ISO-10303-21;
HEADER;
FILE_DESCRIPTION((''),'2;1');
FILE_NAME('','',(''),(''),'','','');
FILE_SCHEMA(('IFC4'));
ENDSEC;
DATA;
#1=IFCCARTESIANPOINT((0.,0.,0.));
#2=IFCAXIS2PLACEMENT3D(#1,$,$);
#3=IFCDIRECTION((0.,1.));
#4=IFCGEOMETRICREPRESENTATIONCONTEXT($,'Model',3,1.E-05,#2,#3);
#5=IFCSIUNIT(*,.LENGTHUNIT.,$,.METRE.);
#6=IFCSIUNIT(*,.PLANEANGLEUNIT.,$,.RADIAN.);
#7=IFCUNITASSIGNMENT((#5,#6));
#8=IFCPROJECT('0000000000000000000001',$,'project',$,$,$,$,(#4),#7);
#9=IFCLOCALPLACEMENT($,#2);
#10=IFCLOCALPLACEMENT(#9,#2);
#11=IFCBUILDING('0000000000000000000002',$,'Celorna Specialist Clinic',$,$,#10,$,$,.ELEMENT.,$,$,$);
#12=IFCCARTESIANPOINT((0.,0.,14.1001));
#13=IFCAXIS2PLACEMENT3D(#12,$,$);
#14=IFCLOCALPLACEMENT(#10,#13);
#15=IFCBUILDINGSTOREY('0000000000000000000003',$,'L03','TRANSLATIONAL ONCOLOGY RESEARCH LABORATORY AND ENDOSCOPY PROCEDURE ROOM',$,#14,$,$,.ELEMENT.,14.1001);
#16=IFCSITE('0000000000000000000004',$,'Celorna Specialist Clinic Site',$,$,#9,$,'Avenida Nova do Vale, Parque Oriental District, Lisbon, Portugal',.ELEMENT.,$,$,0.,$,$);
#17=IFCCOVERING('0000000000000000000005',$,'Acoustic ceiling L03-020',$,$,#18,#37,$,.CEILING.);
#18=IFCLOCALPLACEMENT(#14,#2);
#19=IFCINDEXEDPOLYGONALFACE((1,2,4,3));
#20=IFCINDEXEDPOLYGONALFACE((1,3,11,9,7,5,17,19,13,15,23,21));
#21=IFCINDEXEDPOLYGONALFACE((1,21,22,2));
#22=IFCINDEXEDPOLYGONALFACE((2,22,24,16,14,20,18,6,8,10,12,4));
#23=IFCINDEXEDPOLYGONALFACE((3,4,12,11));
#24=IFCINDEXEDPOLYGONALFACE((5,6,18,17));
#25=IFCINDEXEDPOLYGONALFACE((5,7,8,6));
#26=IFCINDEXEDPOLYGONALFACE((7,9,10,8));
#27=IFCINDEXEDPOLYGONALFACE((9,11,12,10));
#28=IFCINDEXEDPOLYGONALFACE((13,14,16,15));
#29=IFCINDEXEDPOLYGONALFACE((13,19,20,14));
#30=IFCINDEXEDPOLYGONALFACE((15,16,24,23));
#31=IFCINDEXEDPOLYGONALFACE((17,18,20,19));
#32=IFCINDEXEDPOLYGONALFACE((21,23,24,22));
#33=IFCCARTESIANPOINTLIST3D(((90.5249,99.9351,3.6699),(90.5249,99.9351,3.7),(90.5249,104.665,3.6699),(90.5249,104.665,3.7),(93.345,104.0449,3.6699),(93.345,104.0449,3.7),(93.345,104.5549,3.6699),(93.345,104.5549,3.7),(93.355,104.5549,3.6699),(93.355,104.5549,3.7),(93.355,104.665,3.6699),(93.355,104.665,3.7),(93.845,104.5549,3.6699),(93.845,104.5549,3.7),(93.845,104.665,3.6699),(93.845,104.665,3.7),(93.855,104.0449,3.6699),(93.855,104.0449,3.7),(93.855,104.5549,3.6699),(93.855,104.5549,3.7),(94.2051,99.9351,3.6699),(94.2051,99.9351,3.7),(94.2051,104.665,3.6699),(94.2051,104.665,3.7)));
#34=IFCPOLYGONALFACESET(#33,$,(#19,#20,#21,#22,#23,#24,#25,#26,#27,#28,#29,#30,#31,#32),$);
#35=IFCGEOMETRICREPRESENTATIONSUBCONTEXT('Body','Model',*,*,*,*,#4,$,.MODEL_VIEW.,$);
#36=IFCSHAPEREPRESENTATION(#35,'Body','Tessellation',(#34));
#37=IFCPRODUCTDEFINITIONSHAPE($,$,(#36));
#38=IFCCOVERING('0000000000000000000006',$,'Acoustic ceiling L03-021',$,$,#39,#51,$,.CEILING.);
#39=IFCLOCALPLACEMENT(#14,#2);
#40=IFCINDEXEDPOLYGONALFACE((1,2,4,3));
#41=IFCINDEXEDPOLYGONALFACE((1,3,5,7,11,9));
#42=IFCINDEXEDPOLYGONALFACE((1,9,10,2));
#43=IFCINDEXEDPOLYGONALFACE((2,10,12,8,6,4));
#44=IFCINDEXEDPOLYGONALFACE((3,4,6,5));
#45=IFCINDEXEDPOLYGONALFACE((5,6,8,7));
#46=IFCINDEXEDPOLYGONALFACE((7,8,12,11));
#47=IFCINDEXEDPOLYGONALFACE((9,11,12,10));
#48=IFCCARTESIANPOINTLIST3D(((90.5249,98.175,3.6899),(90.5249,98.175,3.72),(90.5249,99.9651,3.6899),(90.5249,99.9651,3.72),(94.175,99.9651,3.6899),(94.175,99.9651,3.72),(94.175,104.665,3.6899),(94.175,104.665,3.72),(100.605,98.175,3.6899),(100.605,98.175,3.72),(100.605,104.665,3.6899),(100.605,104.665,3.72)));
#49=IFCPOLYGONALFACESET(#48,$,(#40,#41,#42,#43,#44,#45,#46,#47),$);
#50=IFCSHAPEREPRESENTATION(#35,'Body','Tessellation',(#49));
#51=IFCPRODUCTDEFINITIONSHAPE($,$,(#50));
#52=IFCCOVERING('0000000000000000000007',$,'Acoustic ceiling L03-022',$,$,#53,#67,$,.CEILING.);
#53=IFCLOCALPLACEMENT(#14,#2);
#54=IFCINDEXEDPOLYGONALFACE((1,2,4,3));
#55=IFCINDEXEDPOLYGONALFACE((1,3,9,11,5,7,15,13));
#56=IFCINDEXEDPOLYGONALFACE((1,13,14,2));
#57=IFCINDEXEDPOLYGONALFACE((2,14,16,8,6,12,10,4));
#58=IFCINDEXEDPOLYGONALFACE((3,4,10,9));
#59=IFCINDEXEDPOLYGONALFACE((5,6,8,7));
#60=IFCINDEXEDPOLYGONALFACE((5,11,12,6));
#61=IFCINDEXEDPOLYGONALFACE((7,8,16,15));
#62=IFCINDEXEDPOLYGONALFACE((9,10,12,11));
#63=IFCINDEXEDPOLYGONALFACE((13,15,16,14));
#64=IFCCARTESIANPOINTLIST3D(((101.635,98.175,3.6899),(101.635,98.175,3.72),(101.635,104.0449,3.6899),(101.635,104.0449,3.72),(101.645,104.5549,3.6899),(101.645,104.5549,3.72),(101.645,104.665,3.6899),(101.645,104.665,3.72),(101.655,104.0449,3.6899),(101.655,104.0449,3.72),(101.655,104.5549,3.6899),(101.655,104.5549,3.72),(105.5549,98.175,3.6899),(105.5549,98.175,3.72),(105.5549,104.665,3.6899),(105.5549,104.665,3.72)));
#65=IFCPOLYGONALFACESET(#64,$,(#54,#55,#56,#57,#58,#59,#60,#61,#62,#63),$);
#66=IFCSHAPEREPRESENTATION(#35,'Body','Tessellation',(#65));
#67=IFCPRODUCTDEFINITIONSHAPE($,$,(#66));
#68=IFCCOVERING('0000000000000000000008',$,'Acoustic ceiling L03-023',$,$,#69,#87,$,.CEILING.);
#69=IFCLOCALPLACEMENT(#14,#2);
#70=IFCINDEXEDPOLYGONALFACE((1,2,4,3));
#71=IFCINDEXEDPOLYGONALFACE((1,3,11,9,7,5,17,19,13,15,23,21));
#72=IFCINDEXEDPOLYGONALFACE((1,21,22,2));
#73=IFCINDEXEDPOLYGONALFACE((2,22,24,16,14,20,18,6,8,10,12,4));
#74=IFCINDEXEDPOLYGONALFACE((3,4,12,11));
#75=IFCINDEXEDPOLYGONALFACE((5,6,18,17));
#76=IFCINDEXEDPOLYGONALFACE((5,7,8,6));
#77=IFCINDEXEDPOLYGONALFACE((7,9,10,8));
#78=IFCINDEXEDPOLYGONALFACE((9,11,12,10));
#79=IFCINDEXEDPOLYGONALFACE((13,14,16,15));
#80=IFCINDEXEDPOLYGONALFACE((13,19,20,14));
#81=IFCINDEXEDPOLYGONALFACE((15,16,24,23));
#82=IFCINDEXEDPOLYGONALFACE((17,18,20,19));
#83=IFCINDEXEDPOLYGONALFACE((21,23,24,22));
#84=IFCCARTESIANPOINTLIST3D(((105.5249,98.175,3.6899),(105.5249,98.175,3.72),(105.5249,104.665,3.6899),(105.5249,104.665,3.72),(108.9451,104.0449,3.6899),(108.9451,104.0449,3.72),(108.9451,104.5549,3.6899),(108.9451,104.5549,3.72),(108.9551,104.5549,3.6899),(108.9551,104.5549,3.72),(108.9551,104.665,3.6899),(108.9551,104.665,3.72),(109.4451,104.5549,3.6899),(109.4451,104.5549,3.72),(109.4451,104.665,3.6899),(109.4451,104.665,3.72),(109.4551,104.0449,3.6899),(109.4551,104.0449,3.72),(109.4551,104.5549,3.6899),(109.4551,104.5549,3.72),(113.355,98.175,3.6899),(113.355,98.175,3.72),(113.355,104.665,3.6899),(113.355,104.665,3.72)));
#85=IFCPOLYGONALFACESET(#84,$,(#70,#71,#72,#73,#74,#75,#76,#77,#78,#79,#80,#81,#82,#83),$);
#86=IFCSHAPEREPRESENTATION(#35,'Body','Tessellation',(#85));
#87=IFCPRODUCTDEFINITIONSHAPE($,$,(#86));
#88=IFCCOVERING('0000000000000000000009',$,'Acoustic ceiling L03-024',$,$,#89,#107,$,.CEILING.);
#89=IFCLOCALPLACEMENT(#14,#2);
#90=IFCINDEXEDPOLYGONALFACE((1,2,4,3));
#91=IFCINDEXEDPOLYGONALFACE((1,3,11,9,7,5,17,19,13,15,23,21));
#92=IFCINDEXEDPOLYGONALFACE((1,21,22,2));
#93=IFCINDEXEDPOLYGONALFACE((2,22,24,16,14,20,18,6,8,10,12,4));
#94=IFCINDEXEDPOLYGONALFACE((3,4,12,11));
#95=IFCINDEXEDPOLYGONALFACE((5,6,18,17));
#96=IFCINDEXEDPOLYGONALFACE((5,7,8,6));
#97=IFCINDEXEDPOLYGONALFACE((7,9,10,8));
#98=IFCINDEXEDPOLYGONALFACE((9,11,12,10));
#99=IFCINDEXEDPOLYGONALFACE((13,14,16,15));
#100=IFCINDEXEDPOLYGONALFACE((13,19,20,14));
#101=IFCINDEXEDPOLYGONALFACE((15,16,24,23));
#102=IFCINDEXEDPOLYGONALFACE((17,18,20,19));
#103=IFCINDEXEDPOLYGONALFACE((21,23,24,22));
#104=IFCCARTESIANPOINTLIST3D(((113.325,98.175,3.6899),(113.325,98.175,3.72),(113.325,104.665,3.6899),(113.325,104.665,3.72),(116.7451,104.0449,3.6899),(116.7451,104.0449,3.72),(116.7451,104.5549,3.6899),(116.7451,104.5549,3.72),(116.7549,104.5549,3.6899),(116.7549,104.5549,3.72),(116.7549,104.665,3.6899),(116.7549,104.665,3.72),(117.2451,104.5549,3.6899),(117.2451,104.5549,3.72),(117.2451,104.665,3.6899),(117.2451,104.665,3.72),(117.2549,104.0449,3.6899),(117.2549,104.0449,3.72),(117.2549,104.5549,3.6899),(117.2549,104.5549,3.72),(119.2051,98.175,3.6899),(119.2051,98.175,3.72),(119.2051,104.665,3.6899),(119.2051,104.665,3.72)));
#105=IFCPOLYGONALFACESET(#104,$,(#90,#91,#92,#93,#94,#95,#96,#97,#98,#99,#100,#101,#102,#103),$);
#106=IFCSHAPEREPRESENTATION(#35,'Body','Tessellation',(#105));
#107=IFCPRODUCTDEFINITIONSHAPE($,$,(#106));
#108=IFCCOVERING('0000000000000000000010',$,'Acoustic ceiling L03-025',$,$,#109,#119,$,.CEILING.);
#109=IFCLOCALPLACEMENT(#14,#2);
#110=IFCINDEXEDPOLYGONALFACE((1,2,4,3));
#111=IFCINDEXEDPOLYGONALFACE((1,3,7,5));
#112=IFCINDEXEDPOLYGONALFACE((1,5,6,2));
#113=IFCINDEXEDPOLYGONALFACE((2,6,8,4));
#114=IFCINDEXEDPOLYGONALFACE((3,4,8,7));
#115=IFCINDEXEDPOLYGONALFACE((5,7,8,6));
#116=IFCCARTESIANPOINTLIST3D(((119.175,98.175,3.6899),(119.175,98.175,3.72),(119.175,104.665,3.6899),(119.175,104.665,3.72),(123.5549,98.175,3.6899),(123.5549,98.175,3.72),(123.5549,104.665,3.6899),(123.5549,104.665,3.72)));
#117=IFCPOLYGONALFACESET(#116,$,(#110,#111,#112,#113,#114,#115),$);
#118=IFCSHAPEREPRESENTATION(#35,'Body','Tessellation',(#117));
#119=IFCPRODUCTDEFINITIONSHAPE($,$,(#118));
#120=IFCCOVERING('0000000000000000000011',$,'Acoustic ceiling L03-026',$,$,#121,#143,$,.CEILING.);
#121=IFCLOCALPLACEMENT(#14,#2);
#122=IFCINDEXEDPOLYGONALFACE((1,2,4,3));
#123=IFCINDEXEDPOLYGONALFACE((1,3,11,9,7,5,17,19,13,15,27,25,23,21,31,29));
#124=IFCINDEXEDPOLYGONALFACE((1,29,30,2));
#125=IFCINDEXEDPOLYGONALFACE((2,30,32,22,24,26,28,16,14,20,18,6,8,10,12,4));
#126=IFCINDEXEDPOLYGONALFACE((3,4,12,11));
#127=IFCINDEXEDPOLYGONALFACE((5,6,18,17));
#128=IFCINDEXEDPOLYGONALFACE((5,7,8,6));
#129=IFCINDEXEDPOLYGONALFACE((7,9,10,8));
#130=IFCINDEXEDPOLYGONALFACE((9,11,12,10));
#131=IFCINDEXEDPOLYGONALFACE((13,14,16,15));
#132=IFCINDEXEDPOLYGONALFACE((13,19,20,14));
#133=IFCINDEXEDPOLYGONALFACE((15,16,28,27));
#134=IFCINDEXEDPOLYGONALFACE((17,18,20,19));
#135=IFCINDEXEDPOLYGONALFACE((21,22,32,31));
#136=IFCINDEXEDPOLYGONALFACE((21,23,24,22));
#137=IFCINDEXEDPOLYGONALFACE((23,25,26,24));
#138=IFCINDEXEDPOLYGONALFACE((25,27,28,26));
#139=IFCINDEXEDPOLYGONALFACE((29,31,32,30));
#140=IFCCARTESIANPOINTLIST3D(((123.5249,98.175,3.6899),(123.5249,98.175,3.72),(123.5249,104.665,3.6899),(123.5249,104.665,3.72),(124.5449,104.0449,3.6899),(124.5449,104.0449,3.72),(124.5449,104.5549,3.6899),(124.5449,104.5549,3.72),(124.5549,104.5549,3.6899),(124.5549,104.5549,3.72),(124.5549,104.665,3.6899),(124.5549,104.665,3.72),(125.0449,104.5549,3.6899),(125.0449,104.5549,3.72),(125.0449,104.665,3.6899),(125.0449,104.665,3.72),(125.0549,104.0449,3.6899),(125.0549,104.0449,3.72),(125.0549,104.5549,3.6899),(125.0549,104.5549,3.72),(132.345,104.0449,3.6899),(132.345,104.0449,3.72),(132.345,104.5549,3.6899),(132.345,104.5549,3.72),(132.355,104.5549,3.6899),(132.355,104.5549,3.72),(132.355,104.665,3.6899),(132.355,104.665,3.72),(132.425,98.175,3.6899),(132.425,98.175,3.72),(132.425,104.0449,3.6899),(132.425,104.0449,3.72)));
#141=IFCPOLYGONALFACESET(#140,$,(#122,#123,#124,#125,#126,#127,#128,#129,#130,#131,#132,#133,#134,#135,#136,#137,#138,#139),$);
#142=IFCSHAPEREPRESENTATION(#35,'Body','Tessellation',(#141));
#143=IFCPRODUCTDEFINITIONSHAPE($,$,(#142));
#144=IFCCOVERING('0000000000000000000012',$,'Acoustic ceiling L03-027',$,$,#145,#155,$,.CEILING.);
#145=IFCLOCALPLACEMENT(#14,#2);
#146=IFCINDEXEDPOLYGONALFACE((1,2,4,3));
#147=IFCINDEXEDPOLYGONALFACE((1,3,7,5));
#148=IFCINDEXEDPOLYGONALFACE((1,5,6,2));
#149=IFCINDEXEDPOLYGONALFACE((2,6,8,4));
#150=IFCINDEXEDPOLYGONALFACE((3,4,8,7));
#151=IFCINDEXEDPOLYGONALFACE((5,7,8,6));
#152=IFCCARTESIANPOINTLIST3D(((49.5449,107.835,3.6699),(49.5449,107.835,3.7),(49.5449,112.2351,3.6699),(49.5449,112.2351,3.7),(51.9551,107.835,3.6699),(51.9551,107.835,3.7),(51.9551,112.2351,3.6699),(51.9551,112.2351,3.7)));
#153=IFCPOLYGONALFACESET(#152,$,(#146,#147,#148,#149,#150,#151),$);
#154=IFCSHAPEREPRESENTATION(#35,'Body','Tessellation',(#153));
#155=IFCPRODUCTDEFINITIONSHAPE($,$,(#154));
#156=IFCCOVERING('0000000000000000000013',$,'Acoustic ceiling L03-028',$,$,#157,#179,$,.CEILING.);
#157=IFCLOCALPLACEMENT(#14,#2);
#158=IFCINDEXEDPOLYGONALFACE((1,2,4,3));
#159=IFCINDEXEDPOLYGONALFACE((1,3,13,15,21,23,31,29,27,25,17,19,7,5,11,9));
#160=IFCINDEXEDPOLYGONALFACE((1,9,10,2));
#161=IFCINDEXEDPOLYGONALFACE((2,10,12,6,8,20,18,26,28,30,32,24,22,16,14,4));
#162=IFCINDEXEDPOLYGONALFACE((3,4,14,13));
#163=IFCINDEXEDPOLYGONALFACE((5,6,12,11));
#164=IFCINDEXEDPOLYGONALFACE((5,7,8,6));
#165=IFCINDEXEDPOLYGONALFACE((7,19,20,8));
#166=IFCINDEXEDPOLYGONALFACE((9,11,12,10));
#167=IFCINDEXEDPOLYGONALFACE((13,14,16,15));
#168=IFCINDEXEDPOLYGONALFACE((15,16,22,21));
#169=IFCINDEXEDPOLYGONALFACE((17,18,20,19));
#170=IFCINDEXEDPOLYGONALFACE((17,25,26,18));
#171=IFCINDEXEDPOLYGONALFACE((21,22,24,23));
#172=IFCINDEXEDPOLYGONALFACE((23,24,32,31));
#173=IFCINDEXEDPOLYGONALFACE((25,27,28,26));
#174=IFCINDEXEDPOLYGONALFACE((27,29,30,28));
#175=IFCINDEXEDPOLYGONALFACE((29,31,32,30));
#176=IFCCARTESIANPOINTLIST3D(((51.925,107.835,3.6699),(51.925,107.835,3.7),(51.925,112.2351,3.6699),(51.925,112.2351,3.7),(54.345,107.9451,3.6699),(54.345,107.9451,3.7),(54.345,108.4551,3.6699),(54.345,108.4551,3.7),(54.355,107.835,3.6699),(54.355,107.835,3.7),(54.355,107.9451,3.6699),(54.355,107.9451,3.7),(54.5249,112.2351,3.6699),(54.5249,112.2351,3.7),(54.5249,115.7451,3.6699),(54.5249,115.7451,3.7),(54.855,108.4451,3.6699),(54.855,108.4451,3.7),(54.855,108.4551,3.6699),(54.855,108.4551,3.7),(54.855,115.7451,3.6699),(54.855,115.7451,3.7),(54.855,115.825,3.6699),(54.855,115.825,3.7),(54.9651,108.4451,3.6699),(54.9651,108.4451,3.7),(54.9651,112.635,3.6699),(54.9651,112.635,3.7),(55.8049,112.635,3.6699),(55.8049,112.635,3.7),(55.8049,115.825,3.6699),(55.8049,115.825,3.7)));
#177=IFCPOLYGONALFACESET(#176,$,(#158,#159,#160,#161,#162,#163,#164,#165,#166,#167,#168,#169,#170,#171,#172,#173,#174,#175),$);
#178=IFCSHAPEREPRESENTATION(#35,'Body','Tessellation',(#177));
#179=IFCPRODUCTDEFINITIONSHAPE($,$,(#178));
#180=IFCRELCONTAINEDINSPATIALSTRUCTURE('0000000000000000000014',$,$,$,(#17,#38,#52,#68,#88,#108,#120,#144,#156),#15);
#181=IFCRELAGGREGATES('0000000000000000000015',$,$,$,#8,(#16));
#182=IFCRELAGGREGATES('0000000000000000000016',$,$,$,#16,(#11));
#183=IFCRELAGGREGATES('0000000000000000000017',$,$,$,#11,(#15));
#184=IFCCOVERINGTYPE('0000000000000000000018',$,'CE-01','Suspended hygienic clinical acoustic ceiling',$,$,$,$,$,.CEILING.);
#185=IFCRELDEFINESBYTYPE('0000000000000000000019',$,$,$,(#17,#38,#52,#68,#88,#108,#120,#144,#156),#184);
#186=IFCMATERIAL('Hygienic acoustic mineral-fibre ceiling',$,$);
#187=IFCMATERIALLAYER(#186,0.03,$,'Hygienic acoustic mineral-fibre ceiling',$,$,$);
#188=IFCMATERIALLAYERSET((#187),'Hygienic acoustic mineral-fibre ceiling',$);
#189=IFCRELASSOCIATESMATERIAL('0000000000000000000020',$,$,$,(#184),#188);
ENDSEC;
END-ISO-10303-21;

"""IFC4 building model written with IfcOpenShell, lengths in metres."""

from ifc_helpers import new_model, si_unit, direction, frame, origin, place, context, subcontext, project, spatial, polyline, outline, extrude, material, layer, layer_set, type_object, element, save


model = new_model("IFC4")

# Units and contexts
model_context = context("Model", 3, precision=1e-05, world=origin(), true_north=direction((0.0, 1.0)))
body_context = subcontext(model_context, "Body", "Model", "MODEL_VIEW")
ifc_project = project(units=[si_unit("LENGTHUNIT", "METRE"), si_unit("PLANEANGLEUNIT", "RADIAN")], contexts=[model_context])

# Site, building, storey
site_placement = place(None, origin())
site = spatial("IfcSite", under=ifc_project, at=site_placement, Name="Celorna Specialist Clinic Site", LongName="Avenida Nova do Vale, Parque Oriental District, Lisbon, Portugal", CompositionType="ELEMENT", RefElevation=0.0)
building_placement = place(site_placement, origin())
building = spatial("IfcBuilding", under=site, at=building_placement, Name="Celorna Specialist Clinic", CompositionType="ELEMENT")
storey_placement = place(building_placement, frame((0.0, 0.0, 14.1001)))
storey = spatial("IfcBuildingStorey", under=building, at=storey_placement, Name="L03", Description="TRANSLATIONAL ONCOLOGY RESEARCH LABORATORY AND ENDOSCOPY PROCEDURE ROOM", CompositionType="ELEMENT", Elevation=14.1001)

# Coverings
ifc_material_1 = material(Name="Hygienic acoustic mineral-fibre ceiling")
ifc_layer_1 = layer(ifc_material_1, 0.03, Name="Hygienic acoustic mineral-fibre ceiling")
ifc_layer_set_1 = layer_set([ifc_layer_1], Name="Hygienic acoustic mineral-fibre ceiling")
covering_type = type_object("IfcCoveringType", Name="CE-01", Description="Suspended hygienic clinical acoustic ceiling", PredefinedType="CEILING", material=ifc_layer_set_1)
covering_1_placement = place(storey_placement, frame((0.0, 0.0, 3.6699)))
element("IfcCovering", 1, at=covering_1_placement, inside=storey, type_object=covering_type, Name="Acoustic ceiling L03-020", PredefinedType="CEILING", context=body_context, shape_type="SweptSolid", body=[
    extrude(outline(polyline([(93.355, 104.665), (93.355, 104.5549), (93.345, 104.5549), (93.345, 104.0449), (93.855, 104.0449), (93.855, 104.5549), (93.845, 104.5549), (93.845, 104.665), (94.2051, 104.665), (94.2051, 99.9351), (90.5249, 99.9351), (90.5249, 104.665), (93.355, 104.665)])), origin(), (0.0, 0.0, 1.0), 0.03),
])
covering_2_placement = place(storey_placement, frame((0.0, 0.0, 3.6899)))
element("IfcCovering", 2, at=covering_2_placement, inside=storey, type_object=covering_type, Name="Acoustic ceiling L03-021", PredefinedType="CEILING", context=body_context, shape_type="SweptSolid", body=[
    extrude(outline(polyline([(94.175, 104.665), (100.605, 104.665), (100.605, 98.175), (90.5249, 98.175), (90.5249, 99.9651), (94.175, 99.9651), (94.175, 104.665)])), origin(), (0.0, 0.0, 1.0), 0.03),
])
covering_3_placement = place(storey_placement, frame((0.0, 0.0, 3.6899)))
element("IfcCovering", 3, at=covering_3_placement, inside=storey, type_object=covering_type, Name="Acoustic ceiling L03-022", PredefinedType="CEILING", context=body_context, shape_type="SweptSolid", body=[
    extrude(outline(polyline([(101.645, 104.665), (105.5549, 104.665), (105.5549, 98.175), (101.635, 98.175), (101.635, 104.0449), (101.655, 104.0449), (101.655, 104.5549), (101.645, 104.5549), (101.645, 104.665)])), origin(), (0.0, 0.0, 1.0), 0.03),
])
covering_4_placement = place(storey_placement, frame((0.0, 0.0, 3.6899)))
element("IfcCovering", 4, at=covering_4_placement, inside=storey, type_object=covering_type, Name="Acoustic ceiling L03-023", PredefinedType="CEILING", context=body_context, shape_type="SweptSolid", body=[
    extrude(outline(polyline([(108.9551, 104.665), (108.9551, 104.5549), (108.9451, 104.5549), (108.9451, 104.0449), (109.4551, 104.0449), (109.4551, 104.5549), (109.4451, 104.5549), (109.4451, 104.665), (113.355, 104.665), (113.355, 98.175), (105.5249, 98.175), (105.5249, 104.665), (108.9551, 104.665)])), origin(), (0.0, 0.0, 1.0), 0.03),
])
covering_5_placement = place(storey_placement, frame((0.0, 0.0, 3.6899)))
element("IfcCovering", 5, at=covering_5_placement, inside=storey, type_object=covering_type, Name="Acoustic ceiling L03-024", PredefinedType="CEILING", context=body_context, shape_type="SweptSolid", body=[
    extrude(outline(polyline([(116.7549, 104.665), (116.7549, 104.5549), (116.7451, 104.5549), (116.7451, 104.0449), (117.2549, 104.0449), (117.2549, 104.5549), (117.2451, 104.5549), (117.2451, 104.665), (119.2051, 104.665), (119.2051, 98.175), (113.325, 98.175), (113.325, 104.665), (116.7549, 104.665)])), origin(), (0.0, 0.0, 1.0), 0.03),
])
covering_6_placement = place(storey_placement, frame((0.0, 0.0, 3.6899)))
element("IfcCovering", 6, at=covering_6_placement, inside=storey, type_object=covering_type, Name="Acoustic ceiling L03-025", PredefinedType="CEILING", context=body_context, shape_type="SweptSolid", body=[
    extrude(outline(polyline([(123.5549, 104.665), (123.5549, 98.175), (119.175, 98.175), (119.175, 104.665), (123.5549, 104.665)])), origin(), (0.0, 0.0, 1.0), 0.03),
])
covering_7_placement = place(storey_placement, frame((0.0, 0.0, 3.6899)))
element("IfcCovering", 7, at=covering_7_placement, inside=storey, type_object=covering_type, Name="Acoustic ceiling L03-026", PredefinedType="CEILING", context=body_context, shape_type="SweptSolid", body=[
    extrude(outline(polyline([(124.5549, 104.665), (124.5549, 104.5549), (124.5449, 104.5549), (124.5449, 104.0449), (125.0549, 104.0449), (125.0549, 104.5549), (125.0449, 104.5549), (125.0449, 104.665), (132.355, 104.665), (132.355, 104.5549), (132.345, 104.5549), (132.345, 104.0449), (132.425, 104.0449), (132.425, 98.175), (123.5249, 98.175), (123.5249, 104.665), (124.5549, 104.665)])), origin(), (0.0, 0.0, 1.0), 0.03),
])
covering_8_placement = place(storey_placement, frame((0.0, 0.0, 3.6699)))
element("IfcCovering", 8, at=covering_8_placement, inside=storey, type_object=covering_type, Name="Acoustic ceiling L03-027", PredefinedType="CEILING", context=body_context, shape_type="SweptSolid", body=[
    extrude(outline(polyline([(49.5449, 112.2351), (51.9551, 112.2351), (51.9551, 107.835), (49.5449, 107.835), (49.5449, 112.2351)])), origin(), (0.0, 0.0, 1.0), 0.03),
])
covering_9_placement = place(storey_placement, frame((0.0, 0.0, 3.6699)))
element("IfcCovering", 9, at=covering_9_placement, inside=storey, type_object=covering_type, Name="Acoustic ceiling L03-028", PredefinedType="CEILING", context=body_context, shape_type="SweptSolid", body=[
    extrude(outline(polyline([(51.925, 107.835), (51.925, 112.2351), (54.5249, 112.2351), (54.5249, 115.7451), (54.855, 115.7451), (54.855, 115.825), (55.8049, 115.825), (55.8049, 112.635), (54.9651, 112.635), (54.9651, 108.4451), (54.855, 108.4451), (54.855, 108.4551), (54.345, 108.4551), (54.345, 107.9451), (54.355, 107.9451), (54.355, 107.835), (51.925, 107.835)])), origin(), (0.0, 0.0, 1.0), 0.03),
])

save(model, "model.ifc")
